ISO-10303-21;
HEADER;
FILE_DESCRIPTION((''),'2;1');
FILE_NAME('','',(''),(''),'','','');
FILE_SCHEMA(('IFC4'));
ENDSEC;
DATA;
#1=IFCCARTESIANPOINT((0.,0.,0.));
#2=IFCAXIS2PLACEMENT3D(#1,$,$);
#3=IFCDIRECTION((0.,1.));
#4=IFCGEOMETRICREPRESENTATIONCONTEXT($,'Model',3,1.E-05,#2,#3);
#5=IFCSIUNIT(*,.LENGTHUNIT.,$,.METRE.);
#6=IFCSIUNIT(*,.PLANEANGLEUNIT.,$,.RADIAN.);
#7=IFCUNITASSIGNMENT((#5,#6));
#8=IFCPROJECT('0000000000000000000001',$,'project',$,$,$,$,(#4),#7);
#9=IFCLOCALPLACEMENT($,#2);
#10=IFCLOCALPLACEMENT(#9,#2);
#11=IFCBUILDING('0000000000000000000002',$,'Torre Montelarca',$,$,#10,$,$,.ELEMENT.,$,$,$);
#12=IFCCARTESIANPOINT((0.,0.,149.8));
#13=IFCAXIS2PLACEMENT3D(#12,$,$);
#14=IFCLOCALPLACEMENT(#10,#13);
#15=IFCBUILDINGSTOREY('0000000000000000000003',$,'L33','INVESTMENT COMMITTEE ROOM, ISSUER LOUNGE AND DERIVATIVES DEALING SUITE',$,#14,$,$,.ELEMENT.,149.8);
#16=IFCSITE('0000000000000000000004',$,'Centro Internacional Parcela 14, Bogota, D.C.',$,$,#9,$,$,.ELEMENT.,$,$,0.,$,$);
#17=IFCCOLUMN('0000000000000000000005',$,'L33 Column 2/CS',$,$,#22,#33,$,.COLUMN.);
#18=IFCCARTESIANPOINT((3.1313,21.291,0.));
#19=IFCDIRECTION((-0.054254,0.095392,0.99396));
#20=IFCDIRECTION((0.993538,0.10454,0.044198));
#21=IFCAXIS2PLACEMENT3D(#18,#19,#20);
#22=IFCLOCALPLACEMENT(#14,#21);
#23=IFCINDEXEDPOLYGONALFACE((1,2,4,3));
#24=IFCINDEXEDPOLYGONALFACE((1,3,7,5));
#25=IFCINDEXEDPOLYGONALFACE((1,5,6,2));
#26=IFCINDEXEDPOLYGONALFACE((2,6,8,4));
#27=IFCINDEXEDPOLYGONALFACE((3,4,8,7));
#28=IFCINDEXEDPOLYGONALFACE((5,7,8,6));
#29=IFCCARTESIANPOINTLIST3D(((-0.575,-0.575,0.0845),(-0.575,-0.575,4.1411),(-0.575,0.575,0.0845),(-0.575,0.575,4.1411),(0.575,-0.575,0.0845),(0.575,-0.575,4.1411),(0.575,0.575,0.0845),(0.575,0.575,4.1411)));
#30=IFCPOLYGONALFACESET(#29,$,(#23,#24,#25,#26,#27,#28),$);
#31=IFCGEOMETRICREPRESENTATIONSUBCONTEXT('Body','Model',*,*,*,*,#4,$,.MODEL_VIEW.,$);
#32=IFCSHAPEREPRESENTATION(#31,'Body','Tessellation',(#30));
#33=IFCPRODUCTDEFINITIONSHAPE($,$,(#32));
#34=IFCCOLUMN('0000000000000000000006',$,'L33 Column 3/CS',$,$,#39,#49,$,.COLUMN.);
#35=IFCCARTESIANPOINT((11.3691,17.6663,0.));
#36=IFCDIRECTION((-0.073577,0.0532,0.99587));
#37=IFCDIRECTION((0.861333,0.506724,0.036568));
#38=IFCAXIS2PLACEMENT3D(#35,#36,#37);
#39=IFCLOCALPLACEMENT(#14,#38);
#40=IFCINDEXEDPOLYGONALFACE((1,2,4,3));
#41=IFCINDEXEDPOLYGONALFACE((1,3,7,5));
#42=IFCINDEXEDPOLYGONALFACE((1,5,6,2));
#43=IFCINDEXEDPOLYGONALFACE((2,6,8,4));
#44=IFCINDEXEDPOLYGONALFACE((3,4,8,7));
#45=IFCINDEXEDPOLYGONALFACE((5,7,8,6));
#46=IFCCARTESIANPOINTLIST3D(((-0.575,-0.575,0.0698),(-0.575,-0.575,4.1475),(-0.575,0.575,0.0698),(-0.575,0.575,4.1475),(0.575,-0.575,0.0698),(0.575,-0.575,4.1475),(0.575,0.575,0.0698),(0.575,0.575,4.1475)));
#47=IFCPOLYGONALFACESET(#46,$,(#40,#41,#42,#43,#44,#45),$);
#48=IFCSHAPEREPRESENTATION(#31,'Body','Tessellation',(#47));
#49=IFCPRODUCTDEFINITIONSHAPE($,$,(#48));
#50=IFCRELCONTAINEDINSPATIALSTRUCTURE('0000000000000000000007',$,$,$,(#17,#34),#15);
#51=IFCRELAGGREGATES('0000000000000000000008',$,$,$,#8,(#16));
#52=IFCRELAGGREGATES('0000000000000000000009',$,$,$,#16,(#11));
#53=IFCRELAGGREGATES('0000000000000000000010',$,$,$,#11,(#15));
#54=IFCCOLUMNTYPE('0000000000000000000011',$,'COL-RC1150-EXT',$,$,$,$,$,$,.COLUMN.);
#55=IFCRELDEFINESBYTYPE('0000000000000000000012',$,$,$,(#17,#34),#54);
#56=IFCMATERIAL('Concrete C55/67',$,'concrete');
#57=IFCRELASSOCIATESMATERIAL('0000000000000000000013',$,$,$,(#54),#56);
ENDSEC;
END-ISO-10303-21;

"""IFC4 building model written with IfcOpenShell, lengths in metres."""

from ifc_helpers import new_model, si_unit, direction, frame, origin, origin_2d, place, context, subcontext, project, spatial, rectangle, extrude, clip, halfspace, material, material_profile, profile_set, type_object, element, save


model = new_model("IFC4")

# Units and contexts
model_context = context("Model", 3, precision=1e-05, world=origin(), true_north=direction((0.0, 1.0)))
body_context = subcontext(model_context, "Body", "Model", "MODEL_VIEW")
ifc_project = project(units=[si_unit("LENGTHUNIT", "METRE"), si_unit("PLANEANGLEUNIT", "RADIAN")], contexts=[model_context])

# Site, building, storey
site_placement = place(None, origin())
site = spatial("IfcSite", under=ifc_project, at=site_placement, Name="Centro Internacional Parcela 14, Bogota, D.C.", CompositionType="ELEMENT", RefElevation=0.0)
building_placement = place(site_placement, origin())
building = spatial("IfcBuilding", under=site, at=building_placement, Name="Torre Montelarca", CompositionType="ELEMENT")
storey_placement = place(building_placement, frame((0.0, 0.0, 149.8)))
storey = spatial("IfcBuildingStorey", under=building, at=storey_placement, Name="L33", Description="INVESTMENT COMMITTEE ROOM, ISSUER LOUNGE AND DERIVATIVES DEALING SUITE", CompositionType="ELEMENT", Elevation=149.8)

# Columns
ifc_material_1 = material(Name="Concrete C55/67", Category="concrete")
ifc_material_profile_1 = material_profile(ifc_material_1, rectangle(XDim=1.1499, YDim=1.1499, at=origin_2d()), Name="RC1150X1150", Category="concrete")
ifc_profile_set_1 = profile_set([ifc_material_profile_1], Name="Concrete C55/67")
column_type = type_object("IfcColumnType", Name="COL-RC1150-EXT", PredefinedType="COLUMN", material=ifc_profile_set_1)
column_1_placement = place(storey_placement, frame((3.1313, 21.291, 0.0), z_axis=(-0.054254, 0.095392, 0.99396), x_axis=(0.993538, 0.10454, 0.044198)))
element("IfcColumn", 1, at=column_1_placement, inside=storey, type_object=column_type, Name="L33 Column 2/CS", PredefinedType="COLUMN", context=body_context, shape_type="Clipping", body=[
    clip(clip(extrude(rectangle(XDim=1.1499, YDim=1.1499, at=origin_2d()), origin(), (0.0, 0.0, 1.0), 4.2256), halfspace(frame((0.0, 0.0, 0.0845), z_axis=(0.0, 0.0, -1.0), x_axis=(1.0, 0.0, 0.0)), False)), halfspace(frame((0.0, 0.0, 4.1411), z_axis=(0.0, 0.0, 1.0), x_axis=(1.0, 0.0, 0.0)), False)),
])
column_2_placement = place(storey_placement, frame((11.3691, 17.6663, 0.0), z_axis=(-0.073577, 0.0532, 0.99587), x_axis=(0.861333, 0.506724, 0.036568)))
element("IfcColumn", 2, at=column_2_placement, inside=storey, type_object=column_type, Name="L33 Column 3/CS", PredefinedType="COLUMN", context=body_context, shape_type="Clipping", body=[
    clip(clip(extrude(rectangle(XDim=1.1499, YDim=1.1499, at=origin_2d()), origin(), (0.0, 0.0, 1.0), 4.2173), halfspace(frame((0.0, 0.0, 0.0698), z_axis=(0.0, 0.0, -1.0), x_axis=(1.0, 0.0, 0.0)), False)), halfspace(frame((0.0, 0.0, 4.1475), z_axis=(0.0, 0.0, 1.0), x_axis=(1.0, 0.0, 0.0)), False)),
])

save(model, "model.ifc")
